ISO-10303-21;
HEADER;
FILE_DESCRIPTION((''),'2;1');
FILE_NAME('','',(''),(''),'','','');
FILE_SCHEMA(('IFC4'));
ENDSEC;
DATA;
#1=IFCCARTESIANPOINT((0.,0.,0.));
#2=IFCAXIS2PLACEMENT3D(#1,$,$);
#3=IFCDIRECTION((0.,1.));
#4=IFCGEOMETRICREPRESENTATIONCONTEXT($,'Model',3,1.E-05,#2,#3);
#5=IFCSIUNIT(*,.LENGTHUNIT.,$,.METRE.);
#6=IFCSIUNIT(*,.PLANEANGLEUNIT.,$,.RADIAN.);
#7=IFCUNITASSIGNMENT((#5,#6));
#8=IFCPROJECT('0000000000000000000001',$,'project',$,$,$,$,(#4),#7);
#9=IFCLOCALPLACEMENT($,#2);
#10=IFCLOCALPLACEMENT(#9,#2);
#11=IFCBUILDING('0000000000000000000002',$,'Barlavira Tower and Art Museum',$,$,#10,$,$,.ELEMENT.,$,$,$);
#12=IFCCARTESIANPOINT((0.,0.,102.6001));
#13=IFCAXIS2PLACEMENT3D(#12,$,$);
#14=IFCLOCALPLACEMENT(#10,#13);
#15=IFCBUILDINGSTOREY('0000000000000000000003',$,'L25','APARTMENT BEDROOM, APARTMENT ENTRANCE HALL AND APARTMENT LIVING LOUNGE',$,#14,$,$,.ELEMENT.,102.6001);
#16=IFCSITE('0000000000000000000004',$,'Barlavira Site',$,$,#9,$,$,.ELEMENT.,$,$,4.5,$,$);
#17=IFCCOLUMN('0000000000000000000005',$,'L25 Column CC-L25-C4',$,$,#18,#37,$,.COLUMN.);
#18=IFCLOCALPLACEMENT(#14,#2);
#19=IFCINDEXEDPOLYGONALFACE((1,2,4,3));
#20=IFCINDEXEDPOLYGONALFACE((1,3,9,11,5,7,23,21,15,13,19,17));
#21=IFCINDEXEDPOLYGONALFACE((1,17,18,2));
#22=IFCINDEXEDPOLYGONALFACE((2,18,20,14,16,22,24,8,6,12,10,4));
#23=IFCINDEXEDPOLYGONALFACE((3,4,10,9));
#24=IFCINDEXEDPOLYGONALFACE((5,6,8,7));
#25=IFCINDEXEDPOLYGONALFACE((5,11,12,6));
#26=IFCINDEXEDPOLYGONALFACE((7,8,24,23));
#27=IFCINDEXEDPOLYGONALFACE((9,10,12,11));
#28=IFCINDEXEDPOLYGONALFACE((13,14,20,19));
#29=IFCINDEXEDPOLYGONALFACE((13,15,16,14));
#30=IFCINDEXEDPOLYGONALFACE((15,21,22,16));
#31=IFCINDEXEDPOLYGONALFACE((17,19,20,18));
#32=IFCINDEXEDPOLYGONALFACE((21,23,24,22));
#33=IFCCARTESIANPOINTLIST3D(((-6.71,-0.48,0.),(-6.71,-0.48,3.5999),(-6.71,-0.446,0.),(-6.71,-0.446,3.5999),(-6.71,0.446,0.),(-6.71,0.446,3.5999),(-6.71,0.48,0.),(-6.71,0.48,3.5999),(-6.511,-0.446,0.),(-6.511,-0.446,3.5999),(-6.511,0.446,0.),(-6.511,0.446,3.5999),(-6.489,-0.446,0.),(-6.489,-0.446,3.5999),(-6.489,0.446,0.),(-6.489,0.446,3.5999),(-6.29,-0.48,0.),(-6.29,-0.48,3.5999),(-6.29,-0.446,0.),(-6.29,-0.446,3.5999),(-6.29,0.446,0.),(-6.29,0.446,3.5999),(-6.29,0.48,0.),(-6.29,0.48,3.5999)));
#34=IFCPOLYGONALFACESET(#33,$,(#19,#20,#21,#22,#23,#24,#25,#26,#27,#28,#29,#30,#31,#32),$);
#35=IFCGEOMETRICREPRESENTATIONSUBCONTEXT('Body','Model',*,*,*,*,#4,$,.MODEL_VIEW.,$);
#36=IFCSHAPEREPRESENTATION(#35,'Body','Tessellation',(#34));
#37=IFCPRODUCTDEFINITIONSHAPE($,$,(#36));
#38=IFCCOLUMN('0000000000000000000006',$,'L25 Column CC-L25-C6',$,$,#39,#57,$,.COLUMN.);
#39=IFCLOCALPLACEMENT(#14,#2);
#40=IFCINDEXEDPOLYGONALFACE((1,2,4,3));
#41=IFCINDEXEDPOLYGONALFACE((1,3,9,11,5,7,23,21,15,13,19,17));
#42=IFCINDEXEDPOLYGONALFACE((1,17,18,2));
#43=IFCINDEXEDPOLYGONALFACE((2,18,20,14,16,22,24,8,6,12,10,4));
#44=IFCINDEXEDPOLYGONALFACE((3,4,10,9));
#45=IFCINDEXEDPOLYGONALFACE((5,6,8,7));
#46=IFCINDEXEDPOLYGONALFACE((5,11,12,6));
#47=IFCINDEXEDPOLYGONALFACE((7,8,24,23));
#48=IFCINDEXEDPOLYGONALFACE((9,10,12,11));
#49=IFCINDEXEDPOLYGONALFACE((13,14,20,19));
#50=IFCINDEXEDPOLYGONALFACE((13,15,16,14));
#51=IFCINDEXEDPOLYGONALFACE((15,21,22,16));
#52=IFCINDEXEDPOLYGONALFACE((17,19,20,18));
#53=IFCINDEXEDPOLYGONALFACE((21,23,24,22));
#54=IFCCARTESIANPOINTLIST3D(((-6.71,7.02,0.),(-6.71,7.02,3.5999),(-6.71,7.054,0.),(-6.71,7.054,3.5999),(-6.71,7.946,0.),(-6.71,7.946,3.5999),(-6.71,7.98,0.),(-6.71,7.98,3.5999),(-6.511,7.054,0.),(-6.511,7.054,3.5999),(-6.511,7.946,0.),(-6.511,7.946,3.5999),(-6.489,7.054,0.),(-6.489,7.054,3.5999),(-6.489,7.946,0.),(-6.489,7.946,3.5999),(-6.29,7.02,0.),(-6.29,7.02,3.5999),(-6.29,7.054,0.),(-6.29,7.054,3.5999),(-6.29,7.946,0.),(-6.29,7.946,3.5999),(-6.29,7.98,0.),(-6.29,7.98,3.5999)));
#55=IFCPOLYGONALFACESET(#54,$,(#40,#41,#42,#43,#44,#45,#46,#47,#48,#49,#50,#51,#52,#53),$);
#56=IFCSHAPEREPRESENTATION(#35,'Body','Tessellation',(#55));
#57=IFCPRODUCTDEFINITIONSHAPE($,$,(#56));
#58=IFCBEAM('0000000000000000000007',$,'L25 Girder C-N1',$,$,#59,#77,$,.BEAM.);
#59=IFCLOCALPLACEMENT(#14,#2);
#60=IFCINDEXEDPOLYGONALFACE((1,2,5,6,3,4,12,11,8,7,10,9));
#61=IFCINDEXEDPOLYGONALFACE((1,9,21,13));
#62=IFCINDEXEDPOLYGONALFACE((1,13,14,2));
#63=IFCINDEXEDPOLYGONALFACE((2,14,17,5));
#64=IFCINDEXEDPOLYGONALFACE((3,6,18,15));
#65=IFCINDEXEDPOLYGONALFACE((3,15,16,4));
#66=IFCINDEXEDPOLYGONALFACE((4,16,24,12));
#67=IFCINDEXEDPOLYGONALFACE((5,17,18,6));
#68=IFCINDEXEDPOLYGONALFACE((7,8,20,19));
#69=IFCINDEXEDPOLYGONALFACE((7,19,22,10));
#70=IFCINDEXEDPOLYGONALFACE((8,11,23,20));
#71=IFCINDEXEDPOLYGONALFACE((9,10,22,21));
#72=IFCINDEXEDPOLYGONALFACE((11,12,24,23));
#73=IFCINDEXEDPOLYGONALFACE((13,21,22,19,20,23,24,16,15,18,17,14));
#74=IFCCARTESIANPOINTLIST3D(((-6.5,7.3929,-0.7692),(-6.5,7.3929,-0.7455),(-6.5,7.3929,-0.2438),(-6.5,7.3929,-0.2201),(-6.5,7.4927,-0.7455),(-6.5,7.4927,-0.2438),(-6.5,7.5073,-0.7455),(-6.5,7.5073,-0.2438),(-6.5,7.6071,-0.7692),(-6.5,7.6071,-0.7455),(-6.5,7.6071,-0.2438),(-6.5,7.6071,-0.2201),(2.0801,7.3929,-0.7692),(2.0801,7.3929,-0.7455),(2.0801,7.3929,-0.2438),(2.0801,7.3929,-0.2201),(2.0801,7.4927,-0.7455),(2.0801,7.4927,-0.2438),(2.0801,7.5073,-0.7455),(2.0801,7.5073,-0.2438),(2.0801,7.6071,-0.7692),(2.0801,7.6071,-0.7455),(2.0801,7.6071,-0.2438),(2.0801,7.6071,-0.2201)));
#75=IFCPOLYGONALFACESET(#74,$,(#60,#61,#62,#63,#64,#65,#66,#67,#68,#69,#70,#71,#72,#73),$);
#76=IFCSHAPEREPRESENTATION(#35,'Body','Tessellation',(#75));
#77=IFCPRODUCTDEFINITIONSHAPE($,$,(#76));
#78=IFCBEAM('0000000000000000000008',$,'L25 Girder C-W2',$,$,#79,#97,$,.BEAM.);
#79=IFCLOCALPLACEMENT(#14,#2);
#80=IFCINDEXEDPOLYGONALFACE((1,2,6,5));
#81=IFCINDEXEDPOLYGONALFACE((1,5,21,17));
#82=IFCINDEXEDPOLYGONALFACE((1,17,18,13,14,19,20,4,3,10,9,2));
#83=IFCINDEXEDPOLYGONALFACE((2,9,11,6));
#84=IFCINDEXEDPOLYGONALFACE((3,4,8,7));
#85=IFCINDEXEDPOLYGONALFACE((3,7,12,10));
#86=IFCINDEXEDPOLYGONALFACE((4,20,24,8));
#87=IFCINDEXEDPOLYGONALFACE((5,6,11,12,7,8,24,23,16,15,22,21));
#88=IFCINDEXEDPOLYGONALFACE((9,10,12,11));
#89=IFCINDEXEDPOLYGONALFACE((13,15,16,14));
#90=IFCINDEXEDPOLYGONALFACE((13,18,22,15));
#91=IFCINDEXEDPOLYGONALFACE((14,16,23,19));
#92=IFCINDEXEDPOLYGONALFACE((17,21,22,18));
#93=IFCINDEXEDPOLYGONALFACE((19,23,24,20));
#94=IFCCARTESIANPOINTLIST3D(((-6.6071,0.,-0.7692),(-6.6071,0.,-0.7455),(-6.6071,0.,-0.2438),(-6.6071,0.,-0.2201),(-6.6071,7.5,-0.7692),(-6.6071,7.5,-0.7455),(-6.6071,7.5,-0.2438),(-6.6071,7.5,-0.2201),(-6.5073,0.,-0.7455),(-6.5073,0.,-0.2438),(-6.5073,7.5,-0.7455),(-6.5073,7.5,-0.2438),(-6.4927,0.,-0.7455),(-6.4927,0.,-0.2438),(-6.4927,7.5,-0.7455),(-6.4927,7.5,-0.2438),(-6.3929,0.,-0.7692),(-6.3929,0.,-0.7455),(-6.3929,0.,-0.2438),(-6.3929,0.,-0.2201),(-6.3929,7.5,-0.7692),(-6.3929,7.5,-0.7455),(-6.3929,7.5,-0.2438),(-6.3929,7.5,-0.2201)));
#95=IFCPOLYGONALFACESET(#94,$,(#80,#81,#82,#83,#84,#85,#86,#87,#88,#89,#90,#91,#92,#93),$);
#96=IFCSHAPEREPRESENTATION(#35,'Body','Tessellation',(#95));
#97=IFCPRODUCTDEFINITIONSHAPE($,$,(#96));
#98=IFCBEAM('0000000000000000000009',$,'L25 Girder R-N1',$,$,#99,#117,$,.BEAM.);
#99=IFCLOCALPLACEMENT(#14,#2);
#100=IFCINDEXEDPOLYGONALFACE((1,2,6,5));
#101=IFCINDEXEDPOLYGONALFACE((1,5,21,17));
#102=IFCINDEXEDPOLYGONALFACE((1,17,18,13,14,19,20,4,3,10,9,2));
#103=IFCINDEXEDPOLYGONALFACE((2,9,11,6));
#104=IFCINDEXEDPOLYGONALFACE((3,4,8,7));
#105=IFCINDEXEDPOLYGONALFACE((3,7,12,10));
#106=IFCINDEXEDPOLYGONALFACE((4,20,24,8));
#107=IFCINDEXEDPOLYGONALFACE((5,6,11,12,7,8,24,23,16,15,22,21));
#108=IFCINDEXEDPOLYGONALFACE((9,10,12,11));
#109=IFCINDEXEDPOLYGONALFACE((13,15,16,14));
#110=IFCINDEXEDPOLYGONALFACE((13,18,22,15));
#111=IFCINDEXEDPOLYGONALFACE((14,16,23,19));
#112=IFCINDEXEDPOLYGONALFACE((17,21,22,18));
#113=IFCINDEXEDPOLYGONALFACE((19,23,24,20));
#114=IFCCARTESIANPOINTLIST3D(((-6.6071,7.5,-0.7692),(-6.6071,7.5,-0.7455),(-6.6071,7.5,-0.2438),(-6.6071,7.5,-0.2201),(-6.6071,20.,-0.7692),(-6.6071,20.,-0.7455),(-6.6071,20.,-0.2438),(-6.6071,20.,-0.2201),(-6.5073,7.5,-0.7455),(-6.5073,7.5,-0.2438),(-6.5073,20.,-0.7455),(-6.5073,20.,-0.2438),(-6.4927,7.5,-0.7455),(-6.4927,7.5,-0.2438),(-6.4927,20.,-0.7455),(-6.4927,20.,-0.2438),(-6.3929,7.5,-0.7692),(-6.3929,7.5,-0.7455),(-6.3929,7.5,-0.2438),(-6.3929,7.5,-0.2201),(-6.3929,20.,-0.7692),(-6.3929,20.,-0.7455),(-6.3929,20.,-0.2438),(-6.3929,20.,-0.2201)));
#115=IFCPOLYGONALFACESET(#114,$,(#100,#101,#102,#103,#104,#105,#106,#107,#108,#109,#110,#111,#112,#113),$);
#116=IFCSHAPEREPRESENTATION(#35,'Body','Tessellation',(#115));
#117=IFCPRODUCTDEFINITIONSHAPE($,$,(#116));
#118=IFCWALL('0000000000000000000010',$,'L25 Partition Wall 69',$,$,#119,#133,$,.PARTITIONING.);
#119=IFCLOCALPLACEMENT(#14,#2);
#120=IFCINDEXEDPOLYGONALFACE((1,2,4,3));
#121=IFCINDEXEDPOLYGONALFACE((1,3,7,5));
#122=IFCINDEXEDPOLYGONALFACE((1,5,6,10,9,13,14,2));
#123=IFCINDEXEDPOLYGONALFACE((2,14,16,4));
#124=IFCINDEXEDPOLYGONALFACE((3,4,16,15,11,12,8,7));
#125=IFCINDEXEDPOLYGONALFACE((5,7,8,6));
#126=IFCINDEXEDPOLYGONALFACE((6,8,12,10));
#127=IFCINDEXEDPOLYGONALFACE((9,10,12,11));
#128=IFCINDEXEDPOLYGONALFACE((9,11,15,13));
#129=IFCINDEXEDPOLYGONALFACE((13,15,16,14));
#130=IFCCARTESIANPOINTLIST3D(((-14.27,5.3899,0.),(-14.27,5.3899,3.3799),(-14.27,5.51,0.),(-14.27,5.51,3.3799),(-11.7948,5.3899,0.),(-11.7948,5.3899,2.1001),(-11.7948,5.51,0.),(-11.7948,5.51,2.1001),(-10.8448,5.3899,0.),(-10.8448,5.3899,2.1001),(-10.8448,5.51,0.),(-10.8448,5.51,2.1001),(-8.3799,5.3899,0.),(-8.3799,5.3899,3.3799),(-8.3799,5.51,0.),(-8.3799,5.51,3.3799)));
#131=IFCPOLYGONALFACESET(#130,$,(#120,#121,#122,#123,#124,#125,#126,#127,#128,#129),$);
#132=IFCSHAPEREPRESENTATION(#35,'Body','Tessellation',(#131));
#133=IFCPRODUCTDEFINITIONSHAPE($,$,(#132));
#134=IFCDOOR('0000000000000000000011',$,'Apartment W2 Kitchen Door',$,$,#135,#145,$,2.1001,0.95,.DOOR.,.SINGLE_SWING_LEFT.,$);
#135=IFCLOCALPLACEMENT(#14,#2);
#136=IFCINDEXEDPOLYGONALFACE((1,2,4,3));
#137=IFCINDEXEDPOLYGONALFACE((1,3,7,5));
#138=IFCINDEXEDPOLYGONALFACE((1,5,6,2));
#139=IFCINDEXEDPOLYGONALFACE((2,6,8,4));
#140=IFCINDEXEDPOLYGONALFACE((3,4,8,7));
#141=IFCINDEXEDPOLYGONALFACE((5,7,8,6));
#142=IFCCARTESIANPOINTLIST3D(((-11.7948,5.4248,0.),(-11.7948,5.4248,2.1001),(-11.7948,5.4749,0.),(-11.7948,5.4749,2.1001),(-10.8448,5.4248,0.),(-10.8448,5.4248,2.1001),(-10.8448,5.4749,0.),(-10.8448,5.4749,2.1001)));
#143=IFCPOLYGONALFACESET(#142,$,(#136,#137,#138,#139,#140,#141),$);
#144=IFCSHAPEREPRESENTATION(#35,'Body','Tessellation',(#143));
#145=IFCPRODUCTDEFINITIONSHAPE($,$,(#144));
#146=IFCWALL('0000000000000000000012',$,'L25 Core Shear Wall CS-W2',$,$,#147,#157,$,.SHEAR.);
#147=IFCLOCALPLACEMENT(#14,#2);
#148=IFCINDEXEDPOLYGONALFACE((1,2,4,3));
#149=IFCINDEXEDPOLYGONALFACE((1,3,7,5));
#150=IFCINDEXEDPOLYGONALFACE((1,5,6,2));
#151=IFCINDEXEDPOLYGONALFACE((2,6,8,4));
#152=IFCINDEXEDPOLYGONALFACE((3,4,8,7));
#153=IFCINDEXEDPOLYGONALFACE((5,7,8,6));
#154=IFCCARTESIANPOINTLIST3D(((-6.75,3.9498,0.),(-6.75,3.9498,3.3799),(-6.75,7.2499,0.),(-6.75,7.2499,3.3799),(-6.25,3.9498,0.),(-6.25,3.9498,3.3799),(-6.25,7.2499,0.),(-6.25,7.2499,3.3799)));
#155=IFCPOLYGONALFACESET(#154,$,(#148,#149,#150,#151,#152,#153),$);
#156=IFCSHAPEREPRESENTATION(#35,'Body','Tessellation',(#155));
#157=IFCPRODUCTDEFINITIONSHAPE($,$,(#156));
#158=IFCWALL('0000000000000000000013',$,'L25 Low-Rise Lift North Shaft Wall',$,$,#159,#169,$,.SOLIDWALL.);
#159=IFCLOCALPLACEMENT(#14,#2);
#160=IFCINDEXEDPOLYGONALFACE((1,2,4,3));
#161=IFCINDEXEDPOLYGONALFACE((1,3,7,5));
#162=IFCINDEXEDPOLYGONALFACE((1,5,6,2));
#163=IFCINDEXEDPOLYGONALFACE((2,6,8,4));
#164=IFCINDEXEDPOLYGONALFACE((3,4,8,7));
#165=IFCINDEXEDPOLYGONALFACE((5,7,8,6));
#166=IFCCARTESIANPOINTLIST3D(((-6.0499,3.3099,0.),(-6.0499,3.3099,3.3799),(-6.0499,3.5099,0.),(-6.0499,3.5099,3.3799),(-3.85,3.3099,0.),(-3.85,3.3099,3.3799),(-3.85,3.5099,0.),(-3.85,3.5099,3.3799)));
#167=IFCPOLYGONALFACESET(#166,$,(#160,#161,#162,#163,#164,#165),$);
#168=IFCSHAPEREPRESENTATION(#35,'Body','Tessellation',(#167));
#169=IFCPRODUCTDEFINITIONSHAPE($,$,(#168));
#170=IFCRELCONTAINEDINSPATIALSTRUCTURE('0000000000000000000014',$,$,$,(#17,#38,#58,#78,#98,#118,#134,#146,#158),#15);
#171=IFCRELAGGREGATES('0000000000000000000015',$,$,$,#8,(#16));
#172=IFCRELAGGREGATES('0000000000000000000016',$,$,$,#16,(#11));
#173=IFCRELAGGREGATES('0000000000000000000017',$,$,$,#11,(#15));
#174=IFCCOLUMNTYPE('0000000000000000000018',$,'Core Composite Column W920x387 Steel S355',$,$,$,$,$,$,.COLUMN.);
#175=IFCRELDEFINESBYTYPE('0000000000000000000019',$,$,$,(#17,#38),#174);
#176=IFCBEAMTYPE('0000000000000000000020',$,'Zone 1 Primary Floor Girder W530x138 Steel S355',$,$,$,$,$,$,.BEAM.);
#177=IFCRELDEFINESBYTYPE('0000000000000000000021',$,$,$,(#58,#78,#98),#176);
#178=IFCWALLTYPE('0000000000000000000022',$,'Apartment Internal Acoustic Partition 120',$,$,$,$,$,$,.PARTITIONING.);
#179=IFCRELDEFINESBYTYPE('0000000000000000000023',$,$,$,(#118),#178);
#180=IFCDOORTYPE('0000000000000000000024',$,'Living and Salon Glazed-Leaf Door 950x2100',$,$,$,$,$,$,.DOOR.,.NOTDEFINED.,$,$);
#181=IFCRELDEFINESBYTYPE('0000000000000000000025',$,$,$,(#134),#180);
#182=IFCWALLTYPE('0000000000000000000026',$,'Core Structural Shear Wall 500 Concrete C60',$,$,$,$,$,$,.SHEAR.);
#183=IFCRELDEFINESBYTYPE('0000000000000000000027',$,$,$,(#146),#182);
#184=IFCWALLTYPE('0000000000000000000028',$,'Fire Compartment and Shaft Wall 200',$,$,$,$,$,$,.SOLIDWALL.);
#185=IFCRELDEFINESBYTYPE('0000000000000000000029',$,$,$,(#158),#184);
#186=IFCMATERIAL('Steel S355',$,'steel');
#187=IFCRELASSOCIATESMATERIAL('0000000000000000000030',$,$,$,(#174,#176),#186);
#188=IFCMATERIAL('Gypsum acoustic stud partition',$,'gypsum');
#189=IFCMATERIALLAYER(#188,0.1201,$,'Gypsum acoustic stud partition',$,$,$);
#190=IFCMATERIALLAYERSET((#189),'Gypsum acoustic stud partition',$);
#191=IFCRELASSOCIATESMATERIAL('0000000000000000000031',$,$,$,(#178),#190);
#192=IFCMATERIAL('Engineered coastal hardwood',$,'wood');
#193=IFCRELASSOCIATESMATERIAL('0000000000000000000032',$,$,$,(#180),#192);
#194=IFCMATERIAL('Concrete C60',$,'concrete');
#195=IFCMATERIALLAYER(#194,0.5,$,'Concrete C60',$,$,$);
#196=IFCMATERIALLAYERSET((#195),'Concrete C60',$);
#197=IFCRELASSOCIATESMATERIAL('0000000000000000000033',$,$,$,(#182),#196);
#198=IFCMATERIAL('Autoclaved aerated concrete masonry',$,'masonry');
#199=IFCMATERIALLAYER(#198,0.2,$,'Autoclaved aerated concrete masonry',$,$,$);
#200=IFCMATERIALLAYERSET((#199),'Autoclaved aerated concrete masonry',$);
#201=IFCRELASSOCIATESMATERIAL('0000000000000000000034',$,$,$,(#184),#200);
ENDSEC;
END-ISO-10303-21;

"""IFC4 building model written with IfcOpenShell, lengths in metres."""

from ifc_helpers import new_model, si_unit, direction, frame, frame_2d, origin, origin_2d, place, context, subcontext, project, spatial, rectangle, i_section, extrude, material, layer, layer_set, material_profile, profile_set, type_object, element, fill, save


model = new_model("IFC4")

# Units and contexts
model_context = context("Model", 3, precision=1e-05, world=origin(), true_north=direction((0.0, 1.0)))
body_context = subcontext(model_context, "Body", "Model", "MODEL_VIEW")
ifc_project = project(units=[si_unit("LENGTHUNIT", "METRE"), si_unit("PLANEANGLEUNIT", "RADIAN")], contexts=[model_context])

# Site, building, storey
site_placement = place(None, origin())
site = spatial("IfcSite", under=ifc_project, at=site_placement, Name="Barlavira Site", CompositionType="ELEMENT", RefElevation=4.5)
building_placement = place(site_placement, origin())
building = spatial("IfcBuilding", under=site, at=building_placement, Name="Barlavira Tower and Art Museum", CompositionType="ELEMENT")
storey_placement = place(building_placement, frame((0.0, 0.0, 102.6001)))
storey = spatial("IfcBuildingStorey", under=building, at=storey_placement, Name="L25", Description="APARTMENT BEDROOM, APARTMENT ENTRANCE HALL AND APARTMENT LIVING LOUNGE", CompositionType="ELEMENT", Elevation=102.6001)

# Columns
ifc_material_1 = material(Name="Steel S355", Category="steel")
ifc_material_profile_1 = material_profile(ifc_material_1, i_section(OverallWidth=0.4199, OverallDepth=0.96, WebThickness=0.022, FlangeThickness=0.0339, at=origin_2d()), Name="W920x387.0")
ifc_profile_set_1 = profile_set([ifc_material_profile_1], Name="Steel S355")
column_type = type_object("IfcColumnType", Name="Core Composite Column W920x387 Steel S355", PredefinedType="COLUMN", material=ifc_profile_set_1)
for number, where, z_axis, x_axis, name in (
    (1, (-6.5, 0.0, 0.0), (0.0, 0.0, 1.0), (1.0, 0.0, 0.0), "L25 Column CC-L25-C4"),
    (2, (-6.5, 7.5, 0.0), (0.0, 0.0, 1.0), (1.0, 0.0, 0.0), "L25 Column CC-L25-C6"),
):
    element("IfcColumn", number, at=place(storey_placement, frame(where, z_axis=z_axis, x_axis=x_axis)), inside=storey, type_object=column_type, Name=name, PredefinedType="COLUMN", context=body_context, shape_type="SweptSolid", body=[
        extrude(i_section(OverallWidth=0.4199, OverallDepth=0.96, WebThickness=0.022, FlangeThickness=0.0339, at=origin_2d()), origin(), (0.0, 0.0, 1.0), 3.5999),
    ])

# Beams
ifc_material_profile_2 = material_profile(ifc_material_1, i_section(OverallWidth=0.2141, OverallDepth=0.5491, WebThickness=0.0146, FlangeThickness=0.0237, at=origin_2d()), Name="W530x138.0")
ifc_profile_set_2 = profile_set([ifc_material_profile_2], Name="Steel S355")
beam_type = type_object("IfcBeamType", Name="Zone 1 Primary Floor Girder W530x138 Steel S355", PredefinedType="BEAM", material=ifc_profile_set_2)
beam_1_placement = place(storey_placement, frame((-6.5, 7.5, -0.4946), z_axis=(1.0, 0.0, 0.0), x_axis=(0.0, 1.0, 0.0)))
element("IfcBeam", 3, at=beam_1_placement, inside=storey, type_object=beam_type, Name="L25 Girder C-N1", PredefinedType="BEAM", context=body_context, shape_type="SweptSolid", body=[
    extrude(i_section(OverallWidth=0.2141, OverallDepth=0.5491, WebThickness=0.0146, FlangeThickness=0.0237, at=origin_2d()), origin(), (0.0, 0.0, 1.0), 8.5801),
])
beam_2_placement = place(storey_placement, frame((-6.5, 0.0, -0.4946), z_axis=(0.0, 1.0, 0.0), x_axis=(-1.0, 0.0, 0.0)))
element("IfcBeam", 4, at=beam_2_placement, inside=storey, type_object=beam_type, Name="L25 Girder C-W2", PredefinedType="BEAM", context=body_context, shape_type="SweptSolid", body=[
    extrude(i_section(OverallWidth=0.2141, OverallDepth=0.5491, WebThickness=0.0146, FlangeThickness=0.0237, at=origin_2d()), origin(), (0.0, 0.0, 1.0), 7.5),
])
beam_3_placement = place(storey_placement, frame((-6.5, 7.5, -0.4946), z_axis=(0.0, 1.0, 0.0), x_axis=(-1.0, 0.0, 0.0)))
element("IfcBeam", 5, at=beam_3_placement, inside=storey, type_object=beam_type, Name="L25 Girder R-N1", PredefinedType="BEAM", context=body_context, shape_type="SweptSolid", body=[
    extrude(i_section(OverallWidth=0.2141, OverallDepth=0.5491, WebThickness=0.0146, FlangeThickness=0.0237, at=origin_2d()), origin(), (0.0, 0.0, 1.0), 12.5),
])

# Wall, opening, door
ifc_material_2 = material(Name="Gypsum acoustic stud partition", Category="gypsum")
ifc_layer_1 = layer(ifc_material_2, 0.1201, Name="Gypsum acoustic stud partition")
ifc_layer_set_1 = layer_set([ifc_layer_1], Name="Gypsum acoustic stud partition")
wall_type_1 = type_object("IfcWallType", Name="Apartment Internal Acoustic Partition 120", PredefinedType="PARTITIONING", material=ifc_layer_set_1)
wall_1_placement = place(storey_placement, frame((-14.27, 5.45, 0.0), z_axis=(0.0, 0.0, 1.0), x_axis=(1.0, 0.0, 0.0)))
wall_1 = element("IfcWall", 6, at=wall_1_placement, inside=storey, type_object=wall_type_1, Name="L25 Partition Wall 69", PredefinedType="PARTITIONING", context=body_context, shape_type="SweptSolid", body=[
    extrude(rectangle(XDim=5.8901, YDim=0.1201, at=frame_2d((2.9451, 0.0))), origin(), (0.0, 0.0, 1.0), 3.3799),
])
opening_1_placement = place(wall_1_placement, frame((2.4751, 0.0, 0.0)))
opening_1 = element("IfcOpeningElement", 7, at=opening_1_placement, cuts=wall_1, PredefinedType="OPENING", context=body_context, shape_type="SweptSolid", body=[
    extrude(rectangle(XDim=0.95, YDim=2.1001, at=frame_2d((0.4751, 1.05))), frame((0.0, 0.0701, 0.0), z_axis=(0.0, -1.0, 0.0), x_axis=(1.0, 0.0, 0.0)), (0.0, 0.0, 1.0), 0.1401),
])
ifc_material_3 = material(Name="Engineered coastal hardwood", Category="wood")
door_type_1 = type_object("IfcDoorType", Name="Living and Salon Glazed-Leaf Door 950x2100", OperationType="NOTDEFINED", PredefinedType="DOOR", material=ifc_material_3)
door_1_placement = place(opening_1_placement, origin())
door_1 = element("IfcDoor", 8, at=door_1_placement, inside=storey, type_object=door_type_1, Name="Apartment W2 Kitchen Door", OperationType="SINGLE_SWING_LEFT", OverallHeight=2.1001, OverallWidth=0.95, PredefinedType="DOOR", context=body_context, shape_type="SweptSolid", body=[
    extrude(rectangle(XDim=0.95, YDim=2.1001, at=frame_2d((0.4751, 1.05))), frame((0.0, 0.0249, 0.0), z_axis=(0.0, -1.0, 0.0), x_axis=(1.0, 0.0, 0.0)), (0.0, 0.0, 1.0), 0.05),
])
fill(opening_1, door_1)
ifc_material_4 = material(Name="Concrete C60", Category="concrete")
ifc_layer_2 = layer(ifc_material_4, 0.5, Name="Concrete C60")
ifc_layer_set_2 = layer_set([ifc_layer_2], Name="Concrete C60")
wall_type_2 = type_object("IfcWallType", Name="Core Structural Shear Wall 500 Concrete C60", PredefinedType="SHEAR", material=ifc_layer_set_2)

# Walls
wall_2_placement = place(storey_placement, frame((-6.5, 3.95, 0.0), z_axis=(0.0, 0.0, 1.0), x_axis=(0.0, 1.0, 0.0)))
element("IfcWall", 9, at=wall_2_placement, inside=storey, type_object=wall_type_2, Name="L25 Core Shear Wall CS-W2", PredefinedType="SHEAR", context=body_context, shape_type="SweptSolid", body=[
    extrude(rectangle(XDim=3.3, YDim=0.5, at=frame_2d((1.6499, 0.0))), origin(), (0.0, 0.0, 1.0), 3.3799),
])
ifc_material_5 = material(Name="Autoclaved aerated concrete masonry", Category="masonry")
ifc_layer_3 = layer(ifc_material_5, 0.2, Name="Autoclaved aerated concrete masonry")
ifc_layer_set_3 = layer_set([ifc_layer_3], Name="Autoclaved aerated concrete masonry")
wall_type_3 = type_object("IfcWallType", Name="Fire Compartment and Shaft Wall 200", PredefinedType="SOLIDWALL", material=ifc_layer_set_3)
wall_3_placement = place(storey_placement, frame((-6.05, 3.4099, 0.0), z_axis=(0.0, 0.0, 1.0), x_axis=(1.0, 0.0, 0.0)))
element("IfcWall", 10, at=wall_3_placement, inside=storey, type_object=wall_type_3, Name="L25 Low-Rise Lift North Shaft Wall", PredefinedType="SOLIDWALL", context=body_context, shape_type="SweptSolid", body=[
    extrude(rectangle(XDim=2.2, YDim=0.2, at=frame_2d((1.1001, 0.0))), origin(), (0.0, 0.0, 1.0), 3.3799),
])

save(model, "model.ifc")
